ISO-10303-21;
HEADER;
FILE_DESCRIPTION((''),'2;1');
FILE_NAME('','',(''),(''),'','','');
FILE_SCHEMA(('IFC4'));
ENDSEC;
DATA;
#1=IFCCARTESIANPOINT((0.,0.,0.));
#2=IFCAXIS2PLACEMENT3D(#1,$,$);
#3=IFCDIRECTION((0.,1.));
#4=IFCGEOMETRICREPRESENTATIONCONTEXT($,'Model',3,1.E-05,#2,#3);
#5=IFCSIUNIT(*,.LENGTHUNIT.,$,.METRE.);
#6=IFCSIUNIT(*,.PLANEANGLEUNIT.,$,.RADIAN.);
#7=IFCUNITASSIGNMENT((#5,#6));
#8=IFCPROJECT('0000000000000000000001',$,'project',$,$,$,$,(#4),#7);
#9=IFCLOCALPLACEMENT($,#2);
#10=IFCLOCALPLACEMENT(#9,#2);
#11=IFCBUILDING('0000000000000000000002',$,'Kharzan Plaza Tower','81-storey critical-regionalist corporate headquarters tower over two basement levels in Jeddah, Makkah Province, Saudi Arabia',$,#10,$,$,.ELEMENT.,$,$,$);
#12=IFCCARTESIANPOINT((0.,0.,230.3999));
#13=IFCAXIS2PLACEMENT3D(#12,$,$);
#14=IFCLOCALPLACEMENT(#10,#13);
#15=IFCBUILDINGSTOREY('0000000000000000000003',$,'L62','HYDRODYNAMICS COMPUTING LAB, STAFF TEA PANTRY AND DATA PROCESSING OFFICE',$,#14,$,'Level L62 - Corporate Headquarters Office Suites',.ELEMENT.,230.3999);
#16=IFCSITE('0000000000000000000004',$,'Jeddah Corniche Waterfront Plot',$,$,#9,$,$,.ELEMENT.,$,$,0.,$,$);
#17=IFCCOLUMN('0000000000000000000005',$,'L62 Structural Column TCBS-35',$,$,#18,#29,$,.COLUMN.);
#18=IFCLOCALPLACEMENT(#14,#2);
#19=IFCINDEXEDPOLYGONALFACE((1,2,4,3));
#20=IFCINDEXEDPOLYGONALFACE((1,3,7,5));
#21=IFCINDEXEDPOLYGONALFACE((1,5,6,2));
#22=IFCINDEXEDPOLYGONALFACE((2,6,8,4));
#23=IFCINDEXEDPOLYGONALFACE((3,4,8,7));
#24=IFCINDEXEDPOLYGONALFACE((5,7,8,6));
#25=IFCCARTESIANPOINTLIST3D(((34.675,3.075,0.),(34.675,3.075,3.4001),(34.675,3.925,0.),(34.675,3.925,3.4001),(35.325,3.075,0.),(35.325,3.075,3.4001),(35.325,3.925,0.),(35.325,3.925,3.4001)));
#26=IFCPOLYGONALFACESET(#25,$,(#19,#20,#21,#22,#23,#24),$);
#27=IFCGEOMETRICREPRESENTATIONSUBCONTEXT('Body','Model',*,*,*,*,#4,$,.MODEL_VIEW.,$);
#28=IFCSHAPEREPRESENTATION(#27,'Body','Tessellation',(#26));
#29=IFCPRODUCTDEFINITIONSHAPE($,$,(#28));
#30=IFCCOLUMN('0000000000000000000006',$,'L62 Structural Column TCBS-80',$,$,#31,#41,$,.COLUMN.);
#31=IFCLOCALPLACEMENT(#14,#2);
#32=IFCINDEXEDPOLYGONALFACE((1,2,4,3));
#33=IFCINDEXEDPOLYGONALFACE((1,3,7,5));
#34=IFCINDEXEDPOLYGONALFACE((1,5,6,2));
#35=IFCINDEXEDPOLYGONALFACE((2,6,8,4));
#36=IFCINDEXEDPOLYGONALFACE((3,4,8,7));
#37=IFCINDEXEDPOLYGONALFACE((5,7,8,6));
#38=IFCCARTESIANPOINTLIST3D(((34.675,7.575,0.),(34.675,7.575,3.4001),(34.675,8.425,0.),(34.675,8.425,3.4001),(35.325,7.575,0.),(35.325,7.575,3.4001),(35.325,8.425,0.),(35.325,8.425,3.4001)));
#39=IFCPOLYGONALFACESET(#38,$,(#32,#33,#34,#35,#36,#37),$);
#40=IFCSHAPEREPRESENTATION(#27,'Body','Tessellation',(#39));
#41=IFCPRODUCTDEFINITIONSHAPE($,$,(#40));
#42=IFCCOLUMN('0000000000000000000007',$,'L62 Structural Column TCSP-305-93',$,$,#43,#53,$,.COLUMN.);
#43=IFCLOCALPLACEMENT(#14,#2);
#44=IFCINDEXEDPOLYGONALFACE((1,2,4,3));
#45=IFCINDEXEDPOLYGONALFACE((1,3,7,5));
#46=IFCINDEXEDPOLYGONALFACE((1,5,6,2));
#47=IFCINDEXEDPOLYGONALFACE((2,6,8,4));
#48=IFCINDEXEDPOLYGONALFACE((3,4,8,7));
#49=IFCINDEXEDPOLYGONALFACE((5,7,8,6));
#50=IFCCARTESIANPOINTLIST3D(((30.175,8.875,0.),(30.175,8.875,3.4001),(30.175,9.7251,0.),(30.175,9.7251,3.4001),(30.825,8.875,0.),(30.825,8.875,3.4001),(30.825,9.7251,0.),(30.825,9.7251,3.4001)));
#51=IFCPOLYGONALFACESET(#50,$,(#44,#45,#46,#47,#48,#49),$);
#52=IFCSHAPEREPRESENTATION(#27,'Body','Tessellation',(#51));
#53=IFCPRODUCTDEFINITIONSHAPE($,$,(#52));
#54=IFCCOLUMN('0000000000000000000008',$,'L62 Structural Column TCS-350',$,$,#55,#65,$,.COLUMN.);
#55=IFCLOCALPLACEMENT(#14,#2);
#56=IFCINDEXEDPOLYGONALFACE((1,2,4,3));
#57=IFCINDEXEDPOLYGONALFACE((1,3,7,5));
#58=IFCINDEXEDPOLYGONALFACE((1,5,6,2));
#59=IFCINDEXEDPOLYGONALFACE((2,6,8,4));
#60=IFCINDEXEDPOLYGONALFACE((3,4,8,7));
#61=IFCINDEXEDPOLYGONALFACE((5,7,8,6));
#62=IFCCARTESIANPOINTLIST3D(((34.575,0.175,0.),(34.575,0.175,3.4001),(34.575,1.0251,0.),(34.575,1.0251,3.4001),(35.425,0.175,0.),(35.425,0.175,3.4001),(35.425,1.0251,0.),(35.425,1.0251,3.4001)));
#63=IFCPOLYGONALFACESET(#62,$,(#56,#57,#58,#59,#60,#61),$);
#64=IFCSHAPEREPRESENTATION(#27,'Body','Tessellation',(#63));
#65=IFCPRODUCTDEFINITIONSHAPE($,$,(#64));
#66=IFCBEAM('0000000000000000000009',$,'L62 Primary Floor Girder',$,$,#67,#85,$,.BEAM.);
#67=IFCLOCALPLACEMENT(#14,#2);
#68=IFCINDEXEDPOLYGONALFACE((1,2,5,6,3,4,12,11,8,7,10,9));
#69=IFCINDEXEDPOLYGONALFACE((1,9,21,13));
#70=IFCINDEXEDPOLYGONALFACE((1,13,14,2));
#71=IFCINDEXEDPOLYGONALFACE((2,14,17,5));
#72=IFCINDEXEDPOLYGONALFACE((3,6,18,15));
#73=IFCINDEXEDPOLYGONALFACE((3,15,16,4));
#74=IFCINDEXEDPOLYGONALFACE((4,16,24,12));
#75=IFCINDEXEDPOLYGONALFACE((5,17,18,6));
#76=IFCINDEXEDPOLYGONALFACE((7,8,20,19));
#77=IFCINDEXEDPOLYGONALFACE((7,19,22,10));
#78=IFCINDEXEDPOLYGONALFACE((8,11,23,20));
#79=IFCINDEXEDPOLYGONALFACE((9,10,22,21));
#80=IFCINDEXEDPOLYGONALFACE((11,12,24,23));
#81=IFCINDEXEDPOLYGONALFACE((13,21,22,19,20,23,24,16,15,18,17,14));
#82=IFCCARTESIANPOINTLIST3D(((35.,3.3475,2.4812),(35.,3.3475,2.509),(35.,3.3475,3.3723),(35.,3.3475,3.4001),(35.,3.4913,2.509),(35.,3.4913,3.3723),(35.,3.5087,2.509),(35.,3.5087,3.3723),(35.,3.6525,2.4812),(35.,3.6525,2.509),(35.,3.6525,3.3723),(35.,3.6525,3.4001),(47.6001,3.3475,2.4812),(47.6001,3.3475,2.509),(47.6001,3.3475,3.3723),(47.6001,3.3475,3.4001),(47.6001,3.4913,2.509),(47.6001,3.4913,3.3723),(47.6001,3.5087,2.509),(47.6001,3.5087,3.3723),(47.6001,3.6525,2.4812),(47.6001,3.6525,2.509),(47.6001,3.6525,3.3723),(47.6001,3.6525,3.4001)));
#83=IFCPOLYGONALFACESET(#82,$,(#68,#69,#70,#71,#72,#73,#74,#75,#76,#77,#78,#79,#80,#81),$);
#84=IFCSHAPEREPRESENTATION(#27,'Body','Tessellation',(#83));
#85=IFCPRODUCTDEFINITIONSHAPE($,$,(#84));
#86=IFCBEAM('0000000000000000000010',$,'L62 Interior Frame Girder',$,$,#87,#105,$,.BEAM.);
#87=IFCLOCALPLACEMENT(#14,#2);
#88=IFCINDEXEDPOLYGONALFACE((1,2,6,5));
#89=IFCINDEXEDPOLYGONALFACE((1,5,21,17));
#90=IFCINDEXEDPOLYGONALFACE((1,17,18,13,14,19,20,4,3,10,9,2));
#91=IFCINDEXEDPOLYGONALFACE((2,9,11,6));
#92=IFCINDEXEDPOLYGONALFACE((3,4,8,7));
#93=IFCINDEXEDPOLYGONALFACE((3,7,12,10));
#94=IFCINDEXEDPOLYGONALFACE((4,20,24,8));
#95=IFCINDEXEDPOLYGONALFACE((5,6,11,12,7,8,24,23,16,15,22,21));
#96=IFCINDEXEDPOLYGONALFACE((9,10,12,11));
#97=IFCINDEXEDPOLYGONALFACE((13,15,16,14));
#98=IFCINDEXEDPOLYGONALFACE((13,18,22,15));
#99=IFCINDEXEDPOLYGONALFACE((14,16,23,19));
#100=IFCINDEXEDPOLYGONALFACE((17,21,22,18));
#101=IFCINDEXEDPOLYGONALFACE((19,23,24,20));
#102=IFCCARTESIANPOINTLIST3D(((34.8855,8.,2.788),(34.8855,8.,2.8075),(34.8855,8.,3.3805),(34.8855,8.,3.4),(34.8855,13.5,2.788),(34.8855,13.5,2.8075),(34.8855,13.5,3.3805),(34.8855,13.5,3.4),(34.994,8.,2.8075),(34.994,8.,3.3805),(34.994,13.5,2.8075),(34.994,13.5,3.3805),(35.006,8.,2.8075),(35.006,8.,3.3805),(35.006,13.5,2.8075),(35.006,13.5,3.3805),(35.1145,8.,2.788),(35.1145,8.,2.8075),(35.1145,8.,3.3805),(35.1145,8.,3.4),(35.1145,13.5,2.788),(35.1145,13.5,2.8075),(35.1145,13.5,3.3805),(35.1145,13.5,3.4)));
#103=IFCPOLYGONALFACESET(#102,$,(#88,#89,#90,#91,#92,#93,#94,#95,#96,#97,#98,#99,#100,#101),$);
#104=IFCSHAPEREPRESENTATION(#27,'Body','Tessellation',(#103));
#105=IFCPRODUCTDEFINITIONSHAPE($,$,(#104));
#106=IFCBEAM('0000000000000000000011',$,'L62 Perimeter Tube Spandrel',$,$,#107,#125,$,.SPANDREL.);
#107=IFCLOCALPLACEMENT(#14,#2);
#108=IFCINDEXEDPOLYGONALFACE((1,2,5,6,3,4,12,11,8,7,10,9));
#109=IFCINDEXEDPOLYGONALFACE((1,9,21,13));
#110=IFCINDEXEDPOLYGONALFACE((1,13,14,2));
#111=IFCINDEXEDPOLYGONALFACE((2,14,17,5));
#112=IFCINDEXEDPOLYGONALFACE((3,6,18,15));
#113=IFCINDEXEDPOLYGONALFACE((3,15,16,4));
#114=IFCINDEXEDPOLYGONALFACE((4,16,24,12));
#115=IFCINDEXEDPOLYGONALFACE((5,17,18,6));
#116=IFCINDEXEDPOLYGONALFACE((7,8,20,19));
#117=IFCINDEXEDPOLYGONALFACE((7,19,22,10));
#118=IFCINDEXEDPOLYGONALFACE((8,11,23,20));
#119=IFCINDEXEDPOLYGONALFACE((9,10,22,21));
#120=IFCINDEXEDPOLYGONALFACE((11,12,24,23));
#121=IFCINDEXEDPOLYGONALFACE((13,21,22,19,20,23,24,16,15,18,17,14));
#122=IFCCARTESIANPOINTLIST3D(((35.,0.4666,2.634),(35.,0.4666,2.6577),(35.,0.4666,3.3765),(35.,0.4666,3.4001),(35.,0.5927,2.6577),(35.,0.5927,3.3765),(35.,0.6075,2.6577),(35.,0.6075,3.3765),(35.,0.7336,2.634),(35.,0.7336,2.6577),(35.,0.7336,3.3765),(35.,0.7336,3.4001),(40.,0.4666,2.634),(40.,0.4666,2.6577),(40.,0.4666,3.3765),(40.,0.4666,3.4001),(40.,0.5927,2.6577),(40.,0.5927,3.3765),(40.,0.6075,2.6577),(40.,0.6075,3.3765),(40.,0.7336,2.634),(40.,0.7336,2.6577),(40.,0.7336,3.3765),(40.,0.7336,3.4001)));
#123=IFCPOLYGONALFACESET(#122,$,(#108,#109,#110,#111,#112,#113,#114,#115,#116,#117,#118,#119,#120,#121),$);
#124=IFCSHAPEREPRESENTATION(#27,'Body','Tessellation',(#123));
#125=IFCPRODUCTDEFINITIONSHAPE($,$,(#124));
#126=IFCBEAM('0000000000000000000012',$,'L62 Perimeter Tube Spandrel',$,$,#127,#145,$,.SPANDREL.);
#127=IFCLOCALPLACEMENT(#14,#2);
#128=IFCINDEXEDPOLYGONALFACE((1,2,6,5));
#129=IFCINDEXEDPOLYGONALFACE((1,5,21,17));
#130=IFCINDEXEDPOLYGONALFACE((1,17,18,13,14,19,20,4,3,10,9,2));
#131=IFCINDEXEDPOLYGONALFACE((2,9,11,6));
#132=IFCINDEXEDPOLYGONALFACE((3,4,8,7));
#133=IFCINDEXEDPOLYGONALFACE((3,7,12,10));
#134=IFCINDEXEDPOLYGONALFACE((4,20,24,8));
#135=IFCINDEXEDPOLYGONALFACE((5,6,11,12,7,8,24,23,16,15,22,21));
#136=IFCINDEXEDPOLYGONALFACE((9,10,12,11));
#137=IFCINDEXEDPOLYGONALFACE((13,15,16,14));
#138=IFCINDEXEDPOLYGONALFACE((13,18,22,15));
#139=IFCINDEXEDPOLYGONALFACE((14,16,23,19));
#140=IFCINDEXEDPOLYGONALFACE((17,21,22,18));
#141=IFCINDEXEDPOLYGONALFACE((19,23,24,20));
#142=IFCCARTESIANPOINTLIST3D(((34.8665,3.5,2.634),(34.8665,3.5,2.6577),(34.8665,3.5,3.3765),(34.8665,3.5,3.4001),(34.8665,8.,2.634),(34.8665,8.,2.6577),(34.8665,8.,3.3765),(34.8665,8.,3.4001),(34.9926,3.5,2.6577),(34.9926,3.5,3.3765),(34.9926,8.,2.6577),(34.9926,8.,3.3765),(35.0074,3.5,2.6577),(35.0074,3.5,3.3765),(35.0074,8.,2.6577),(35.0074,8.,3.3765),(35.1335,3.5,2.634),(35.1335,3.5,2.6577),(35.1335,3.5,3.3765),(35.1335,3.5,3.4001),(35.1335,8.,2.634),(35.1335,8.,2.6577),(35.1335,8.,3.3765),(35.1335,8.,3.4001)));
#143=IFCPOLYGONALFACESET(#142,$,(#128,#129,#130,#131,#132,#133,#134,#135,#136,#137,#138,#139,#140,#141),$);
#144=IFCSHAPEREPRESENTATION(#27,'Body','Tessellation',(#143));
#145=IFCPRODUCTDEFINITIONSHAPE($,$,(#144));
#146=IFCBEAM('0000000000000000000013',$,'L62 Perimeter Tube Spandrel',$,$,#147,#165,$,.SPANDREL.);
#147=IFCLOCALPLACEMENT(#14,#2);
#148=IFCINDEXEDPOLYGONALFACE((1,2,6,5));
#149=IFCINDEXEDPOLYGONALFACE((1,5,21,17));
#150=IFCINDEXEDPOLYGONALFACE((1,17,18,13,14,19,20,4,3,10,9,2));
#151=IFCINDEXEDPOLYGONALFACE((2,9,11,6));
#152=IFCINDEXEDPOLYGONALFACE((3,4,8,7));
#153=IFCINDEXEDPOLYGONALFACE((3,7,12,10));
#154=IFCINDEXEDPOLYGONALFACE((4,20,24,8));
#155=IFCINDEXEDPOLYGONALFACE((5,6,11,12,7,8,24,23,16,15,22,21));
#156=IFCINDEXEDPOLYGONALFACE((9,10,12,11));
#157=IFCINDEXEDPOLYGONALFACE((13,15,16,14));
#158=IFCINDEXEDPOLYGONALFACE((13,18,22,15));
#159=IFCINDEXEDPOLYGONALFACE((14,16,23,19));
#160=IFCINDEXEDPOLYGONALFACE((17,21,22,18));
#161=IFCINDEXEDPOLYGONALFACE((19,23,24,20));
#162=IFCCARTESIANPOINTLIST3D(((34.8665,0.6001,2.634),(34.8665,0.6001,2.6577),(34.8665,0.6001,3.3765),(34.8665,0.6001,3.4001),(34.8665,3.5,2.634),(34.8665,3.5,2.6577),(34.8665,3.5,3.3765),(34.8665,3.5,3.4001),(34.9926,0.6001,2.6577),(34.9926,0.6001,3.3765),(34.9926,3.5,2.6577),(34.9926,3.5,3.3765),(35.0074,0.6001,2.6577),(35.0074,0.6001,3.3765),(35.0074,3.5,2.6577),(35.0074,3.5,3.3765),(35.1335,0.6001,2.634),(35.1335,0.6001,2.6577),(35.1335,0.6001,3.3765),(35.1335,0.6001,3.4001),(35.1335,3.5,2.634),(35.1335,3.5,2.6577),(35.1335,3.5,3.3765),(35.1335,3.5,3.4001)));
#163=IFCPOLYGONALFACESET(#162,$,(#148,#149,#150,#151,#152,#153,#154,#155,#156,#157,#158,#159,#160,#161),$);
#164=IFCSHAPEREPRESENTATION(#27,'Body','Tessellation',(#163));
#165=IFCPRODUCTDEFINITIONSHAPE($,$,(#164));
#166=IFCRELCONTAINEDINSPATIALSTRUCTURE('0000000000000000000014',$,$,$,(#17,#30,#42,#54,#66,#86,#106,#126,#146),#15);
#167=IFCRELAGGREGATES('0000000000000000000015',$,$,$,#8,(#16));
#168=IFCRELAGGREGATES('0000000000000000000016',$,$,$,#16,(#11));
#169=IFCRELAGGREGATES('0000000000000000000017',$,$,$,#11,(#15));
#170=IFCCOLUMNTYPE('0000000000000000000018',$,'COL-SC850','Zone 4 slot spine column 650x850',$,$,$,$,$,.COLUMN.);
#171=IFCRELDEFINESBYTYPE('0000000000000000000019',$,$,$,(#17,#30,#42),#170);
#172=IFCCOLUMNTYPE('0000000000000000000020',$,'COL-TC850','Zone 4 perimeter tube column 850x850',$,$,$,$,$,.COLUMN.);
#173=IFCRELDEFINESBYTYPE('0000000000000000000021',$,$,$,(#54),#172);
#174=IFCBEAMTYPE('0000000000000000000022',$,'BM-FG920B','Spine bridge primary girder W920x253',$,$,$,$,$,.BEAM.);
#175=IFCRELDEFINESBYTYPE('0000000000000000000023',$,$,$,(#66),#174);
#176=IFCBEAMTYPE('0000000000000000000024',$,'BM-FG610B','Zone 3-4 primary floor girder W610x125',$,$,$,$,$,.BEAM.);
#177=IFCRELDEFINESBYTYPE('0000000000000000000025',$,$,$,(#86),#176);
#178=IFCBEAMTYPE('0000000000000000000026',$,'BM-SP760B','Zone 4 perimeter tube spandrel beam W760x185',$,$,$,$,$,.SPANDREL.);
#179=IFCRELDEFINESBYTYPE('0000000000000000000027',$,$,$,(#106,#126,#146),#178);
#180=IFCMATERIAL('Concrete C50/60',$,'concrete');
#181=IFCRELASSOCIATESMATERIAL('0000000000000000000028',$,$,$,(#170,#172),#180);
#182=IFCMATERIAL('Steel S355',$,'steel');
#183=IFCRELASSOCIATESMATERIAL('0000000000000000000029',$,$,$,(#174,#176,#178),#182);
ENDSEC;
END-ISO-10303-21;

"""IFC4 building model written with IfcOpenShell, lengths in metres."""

from ifc_helpers import new_model, si_unit, direction, frame, origin, origin_2d, place, context, subcontext, project, spatial, rectangle, i_section, extrude, source, transform, mapped, material, material_profile, profile_set, type_object, element, save


model = new_model("IFC4")

# Units and contexts
model_context = context("Model", 3, precision=1e-05, world=origin(), true_north=direction((0.0, 1.0)))
body_context = subcontext(model_context, "Body", "Model", "MODEL_VIEW")
ifc_project = project(units=[si_unit("LENGTHUNIT", "METRE"), si_unit("PLANEANGLEUNIT", "RADIAN")], contexts=[model_context])

# Site, building, storey
site_placement = place(None, origin())
site = spatial("IfcSite", under=ifc_project, at=site_placement, Name="Jeddah Corniche Waterfront Plot", CompositionType="ELEMENT", RefElevation=0.0)
building_placement = place(site_placement, origin())
building = spatial("IfcBuilding", under=site, at=building_placement, Name="Kharzan Plaza Tower", Description="81-storey critical-regionalist corporate headquarters tower over two basement levels in Jeddah, Makkah Province, Saudi Arabia", CompositionType="ELEMENT")
storey_placement = place(building_placement, frame((0.0, 0.0, 230.3999)))
storey = spatial("IfcBuildingStorey", under=building, at=storey_placement, Name="L62", Description="HYDRODYNAMICS COMPUTING LAB, STAFF TEA PANTRY AND DATA PROCESSING OFFICE", LongName="Level L62 - Corporate Headquarters Office Suites", CompositionType="ELEMENT", Elevation=230.3999)

# Columns
ifc_material_1 = material(Name="Concrete C50/60", Category="concrete")
ifc_material_profile_1 = material_profile(ifc_material_1, rectangle(XDim=0.6499, YDim=0.8501, at=origin_2d()), Name="RC-SC850x650")
ifc_profile_set_1 = profile_set([ifc_material_profile_1], Name="Concrete C50/60")
column_type_1 = type_object("IfcColumnType", Name="COL-SC850", Description="Zone 4 slot spine column 650x850", PredefinedType="COLUMN", material=ifc_profile_set_1)
shared_shape_1 = source(origin(), body_context, "Body", "SweptSolid", [
    extrude(rectangle(XDim=0.6499, YDim=0.8501, at=origin_2d()), origin(), (0.0, 0.0, 1.0), 3.4001),
])
for number, where, z_axis, x_axis, name in (
    (1, (35.0, 3.5, 0.0), (0.0, 0.0, 1.0), (1.0, 0.0, 0.0), "L62 Structural Column TCBS-35"),
    (2, (35.0, 8.0, 0.0), (0.0, 0.0, 1.0), (1.0, 0.0, 0.0), "L62 Structural Column TCBS-80"),
    (3, (30.5, 9.3, 0.0), (0.0, 0.0, 1.0), (1.0, 0.0, 0.0), "L62 Structural Column TCSP-305-93"),
):
    element("IfcColumn", number, at=place(storey_placement, frame(where, z_axis=z_axis, x_axis=x_axis)), inside=storey, type_object=column_type_1, Name=name, PredefinedType="COLUMN", context=body_context, shape_type="MappedRepresentation", body=[
        mapped(shared_shape_1, transform((0.0, 0.0, 0.0), x_axis=(1.0, 0.0, 0.0), y_axis=(0.0, 1.0, 0.0), z_axis=(0.0, 0.0, 1.0))),
    ])
ifc_material_profile_2 = material_profile(ifc_material_1, rectangle(XDim=0.8501, YDim=0.8501, at=origin_2d()), Name="RC-TC850x850")
ifc_profile_set_2 = profile_set([ifc_material_profile_2], Name="Concrete C50/60")
column_type_2 = type_object("IfcColumnType", Name="COL-TC850", Description="Zone 4 perimeter tube column 850x850", PredefinedType="COLUMN", material=ifc_profile_set_2)
shared_shape_2 = source(origin(), body_context, "Body", "SweptSolid", [
    extrude(rectangle(XDim=0.8501, YDim=0.8501, at=origin_2d()), origin(), (0.0, 0.0, 1.0), 3.4001),
])
column_placement = place(storey_placement, frame((35.0, 0.6001, 0.0), z_axis=(0.0, 0.0, 1.0), x_axis=(1.0, 0.0, 0.0)))
element("IfcColumn", 4, at=column_placement, inside=storey, type_object=column_type_2, Name="L62 Structural Column TCS-350", PredefinedType="COLUMN", context=body_context, shape_type="MappedRepresentation", body=[
    mapped(shared_shape_2, transform((0.0, 0.0, 0.0), x_axis=(1.0, 0.0, 0.0), y_axis=(0.0, 1.0, 0.0), z_axis=(0.0, 0.0, 1.0))),
])

# Beams
ifc_material_2 = material(Name="Steel S355", Category="steel")
ifc_material_profile_3 = material_profile(ifc_material_2, i_section(OverallWidth=0.3049, OverallDepth=0.9189, WebThickness=0.0173, FlangeThickness=0.0278, at=origin_2d()), Name="W920x253")
ifc_profile_set_3 = profile_set([ifc_material_profile_3], Name="Steel S355")
beam_type_1 = type_object("IfcBeamType", Name="BM-FG920B", Description="Spine bridge primary girder W920x253", PredefinedType="BEAM", material=ifc_profile_set_3)
shared_shape_3 = source(origin(), body_context, "Body", "SweptSolid", [
    extrude(i_section(OverallWidth=0.3049, OverallDepth=0.9189, WebThickness=0.0173, FlangeThickness=0.0278, at=origin_2d()), origin(), (0.0, 0.0, 1.0), 12.6001),
])
beam_1_placement = place(storey_placement, frame((35.0, 3.5, 2.9407), z_axis=(1.0, 0.0, 0.0), x_axis=(0.0, 1.0, 0.0)))
element("IfcBeam", 5, at=beam_1_placement, inside=storey, type_object=beam_type_1, Name="L62 Primary Floor Girder", PredefinedType="BEAM", context=body_context, shape_type="MappedRepresentation", body=[
    mapped(shared_shape_3, transform((0.0, 0.0, 0.0), x_axis=(1.0, 0.0, 0.0), y_axis=(0.0, 1.0, 0.0), z_axis=(0.0, 0.0, 1.0))),
])
ifc_material_profile_4 = material_profile(ifc_material_2, i_section(OverallWidth=0.229, OverallDepth=0.6121, WebThickness=0.012, FlangeThickness=0.0195, at=origin_2d()), Name="W610x125")
ifc_profile_set_4 = profile_set([ifc_material_profile_4], Name="Steel S355")
beam_type_2 = type_object("IfcBeamType", Name="BM-FG610B", Description="Zone 3-4 primary floor girder W610x125", PredefinedType="BEAM", material=ifc_profile_set_4)
shared_shape_4 = source(origin(), body_context, "Body", "SweptSolid", [
    extrude(i_section(OverallWidth=0.229, OverallDepth=0.6121, WebThickness=0.012, FlangeThickness=0.0195, at=origin_2d()), origin(), (0.0, 0.0, 1.0), 5.5),
])
beam_2_placement = place(storey_placement, frame((35.0, 8.0, 3.094), z_axis=(0.0, 1.0, 0.0), x_axis=(-1.0, 0.0, 0.0)))
element("IfcBeam", 6, at=beam_2_placement, inside=storey, type_object=beam_type_2, Name="L62 Interior Frame Girder", PredefinedType="BEAM", context=body_context, shape_type="MappedRepresentation", body=[
    mapped(shared_shape_4, transform((0.0, 0.0, 0.0), x_axis=(1.0, 0.0, 0.0), y_axis=(0.0, 1.0, 0.0), z_axis=(0.0, 0.0, 1.0))),
])
ifc_material_profile_5 = material_profile(ifc_material_2, i_section(OverallWidth=0.2671, OverallDepth=0.7661, WebThickness=0.0149, FlangeThickness=0.0237, at=origin_2d()), Name="W760x185")
ifc_profile_set_5 = profile_set([ifc_material_profile_5], Name="Steel S355")
beam_type_3 = type_object("IfcBeamType", Name="BM-SP760B", Description="Zone 4 perimeter tube spandrel beam W760x185", PredefinedType="SPANDREL", material=ifc_profile_set_5)
shared_shape_5 = source(origin(), body_context, "Body", "SweptSolid", [
    extrude(i_section(OverallWidth=0.2671, OverallDepth=0.7661, WebThickness=0.0149, FlangeThickness=0.0237, at=origin_2d()), origin(), (0.0, 0.0, 1.0), 5.0),
])
beam_3_placement = place(storey_placement, frame((35.0, 0.6001, 3.0171), z_axis=(1.0, 0.0, 0.0), x_axis=(0.0, 1.0, 0.0)))
element("IfcBeam", 7, at=beam_3_placement, inside=storey, type_object=beam_type_3, Name="L62 Perimeter Tube Spandrel", PredefinedType="SPANDREL", context=body_context, shape_type="MappedRepresentation", body=[
    mapped(shared_shape_5, transform((0.0, 0.0, 0.0), x_axis=(1.0, 0.0, 0.0), y_axis=(0.0, 1.0, 0.0), z_axis=(0.0, 0.0, 1.0))),
])
shared_shape_6 = source(origin(), body_context, "Body", "SweptSolid", [
    extrude(i_section(OverallWidth=0.2671, OverallDepth=0.7661, WebThickness=0.0149, FlangeThickness=0.0237, at=origin_2d()), origin(), (0.0, 0.0, 1.0), 4.5),
])
beam_4_placement = place(storey_placement, frame((35.0, 3.5, 3.0171), z_axis=(0.0, 1.0, 0.0), x_axis=(-1.0, 0.0, 0.0)))
element("IfcBeam", 8, at=beam_4_placement, inside=storey, type_object=beam_type_3, Name="L62 Perimeter Tube Spandrel", PredefinedType="SPANDREL", context=body_context, shape_type="MappedRepresentation", body=[
    mapped(shared_shape_6, transform((0.0, 0.0, 0.0), x_axis=(1.0, 0.0, 0.0), y_axis=(0.0, 1.0, 0.0), z_axis=(0.0, 0.0, 1.0))),
])
shared_shape_7 = source(origin(), body_context, "Body", "SweptSolid", [
    extrude(i_section(OverallWidth=0.2671, OverallDepth=0.7661, WebThickness=0.0149, FlangeThickness=0.0237, at=origin_2d()), origin(), (0.0, 0.0, 1.0), 2.8999),
])
beam_5_placement = place(storey_placement, frame((35.0, 0.6001, 3.0171), z_axis=(0.0, 1.0, 0.0), x_axis=(-1.0, 0.0, 0.0)))
element("IfcBeam", 9, at=beam_5_placement, inside=storey, type_object=beam_type_3, Name="L62 Perimeter Tube Spandrel", PredefinedType="SPANDREL", context=body_context, shape_type="MappedRepresentation", body=[
    mapped(shared_shape_7, transform((0.0, 0.0, 0.0), x_axis=(1.0, 0.0, 0.0), y_axis=(0.0, 1.0, 0.0), z_axis=(0.0, 0.0, 1.0))),
])

save(model, "model.ifc")
